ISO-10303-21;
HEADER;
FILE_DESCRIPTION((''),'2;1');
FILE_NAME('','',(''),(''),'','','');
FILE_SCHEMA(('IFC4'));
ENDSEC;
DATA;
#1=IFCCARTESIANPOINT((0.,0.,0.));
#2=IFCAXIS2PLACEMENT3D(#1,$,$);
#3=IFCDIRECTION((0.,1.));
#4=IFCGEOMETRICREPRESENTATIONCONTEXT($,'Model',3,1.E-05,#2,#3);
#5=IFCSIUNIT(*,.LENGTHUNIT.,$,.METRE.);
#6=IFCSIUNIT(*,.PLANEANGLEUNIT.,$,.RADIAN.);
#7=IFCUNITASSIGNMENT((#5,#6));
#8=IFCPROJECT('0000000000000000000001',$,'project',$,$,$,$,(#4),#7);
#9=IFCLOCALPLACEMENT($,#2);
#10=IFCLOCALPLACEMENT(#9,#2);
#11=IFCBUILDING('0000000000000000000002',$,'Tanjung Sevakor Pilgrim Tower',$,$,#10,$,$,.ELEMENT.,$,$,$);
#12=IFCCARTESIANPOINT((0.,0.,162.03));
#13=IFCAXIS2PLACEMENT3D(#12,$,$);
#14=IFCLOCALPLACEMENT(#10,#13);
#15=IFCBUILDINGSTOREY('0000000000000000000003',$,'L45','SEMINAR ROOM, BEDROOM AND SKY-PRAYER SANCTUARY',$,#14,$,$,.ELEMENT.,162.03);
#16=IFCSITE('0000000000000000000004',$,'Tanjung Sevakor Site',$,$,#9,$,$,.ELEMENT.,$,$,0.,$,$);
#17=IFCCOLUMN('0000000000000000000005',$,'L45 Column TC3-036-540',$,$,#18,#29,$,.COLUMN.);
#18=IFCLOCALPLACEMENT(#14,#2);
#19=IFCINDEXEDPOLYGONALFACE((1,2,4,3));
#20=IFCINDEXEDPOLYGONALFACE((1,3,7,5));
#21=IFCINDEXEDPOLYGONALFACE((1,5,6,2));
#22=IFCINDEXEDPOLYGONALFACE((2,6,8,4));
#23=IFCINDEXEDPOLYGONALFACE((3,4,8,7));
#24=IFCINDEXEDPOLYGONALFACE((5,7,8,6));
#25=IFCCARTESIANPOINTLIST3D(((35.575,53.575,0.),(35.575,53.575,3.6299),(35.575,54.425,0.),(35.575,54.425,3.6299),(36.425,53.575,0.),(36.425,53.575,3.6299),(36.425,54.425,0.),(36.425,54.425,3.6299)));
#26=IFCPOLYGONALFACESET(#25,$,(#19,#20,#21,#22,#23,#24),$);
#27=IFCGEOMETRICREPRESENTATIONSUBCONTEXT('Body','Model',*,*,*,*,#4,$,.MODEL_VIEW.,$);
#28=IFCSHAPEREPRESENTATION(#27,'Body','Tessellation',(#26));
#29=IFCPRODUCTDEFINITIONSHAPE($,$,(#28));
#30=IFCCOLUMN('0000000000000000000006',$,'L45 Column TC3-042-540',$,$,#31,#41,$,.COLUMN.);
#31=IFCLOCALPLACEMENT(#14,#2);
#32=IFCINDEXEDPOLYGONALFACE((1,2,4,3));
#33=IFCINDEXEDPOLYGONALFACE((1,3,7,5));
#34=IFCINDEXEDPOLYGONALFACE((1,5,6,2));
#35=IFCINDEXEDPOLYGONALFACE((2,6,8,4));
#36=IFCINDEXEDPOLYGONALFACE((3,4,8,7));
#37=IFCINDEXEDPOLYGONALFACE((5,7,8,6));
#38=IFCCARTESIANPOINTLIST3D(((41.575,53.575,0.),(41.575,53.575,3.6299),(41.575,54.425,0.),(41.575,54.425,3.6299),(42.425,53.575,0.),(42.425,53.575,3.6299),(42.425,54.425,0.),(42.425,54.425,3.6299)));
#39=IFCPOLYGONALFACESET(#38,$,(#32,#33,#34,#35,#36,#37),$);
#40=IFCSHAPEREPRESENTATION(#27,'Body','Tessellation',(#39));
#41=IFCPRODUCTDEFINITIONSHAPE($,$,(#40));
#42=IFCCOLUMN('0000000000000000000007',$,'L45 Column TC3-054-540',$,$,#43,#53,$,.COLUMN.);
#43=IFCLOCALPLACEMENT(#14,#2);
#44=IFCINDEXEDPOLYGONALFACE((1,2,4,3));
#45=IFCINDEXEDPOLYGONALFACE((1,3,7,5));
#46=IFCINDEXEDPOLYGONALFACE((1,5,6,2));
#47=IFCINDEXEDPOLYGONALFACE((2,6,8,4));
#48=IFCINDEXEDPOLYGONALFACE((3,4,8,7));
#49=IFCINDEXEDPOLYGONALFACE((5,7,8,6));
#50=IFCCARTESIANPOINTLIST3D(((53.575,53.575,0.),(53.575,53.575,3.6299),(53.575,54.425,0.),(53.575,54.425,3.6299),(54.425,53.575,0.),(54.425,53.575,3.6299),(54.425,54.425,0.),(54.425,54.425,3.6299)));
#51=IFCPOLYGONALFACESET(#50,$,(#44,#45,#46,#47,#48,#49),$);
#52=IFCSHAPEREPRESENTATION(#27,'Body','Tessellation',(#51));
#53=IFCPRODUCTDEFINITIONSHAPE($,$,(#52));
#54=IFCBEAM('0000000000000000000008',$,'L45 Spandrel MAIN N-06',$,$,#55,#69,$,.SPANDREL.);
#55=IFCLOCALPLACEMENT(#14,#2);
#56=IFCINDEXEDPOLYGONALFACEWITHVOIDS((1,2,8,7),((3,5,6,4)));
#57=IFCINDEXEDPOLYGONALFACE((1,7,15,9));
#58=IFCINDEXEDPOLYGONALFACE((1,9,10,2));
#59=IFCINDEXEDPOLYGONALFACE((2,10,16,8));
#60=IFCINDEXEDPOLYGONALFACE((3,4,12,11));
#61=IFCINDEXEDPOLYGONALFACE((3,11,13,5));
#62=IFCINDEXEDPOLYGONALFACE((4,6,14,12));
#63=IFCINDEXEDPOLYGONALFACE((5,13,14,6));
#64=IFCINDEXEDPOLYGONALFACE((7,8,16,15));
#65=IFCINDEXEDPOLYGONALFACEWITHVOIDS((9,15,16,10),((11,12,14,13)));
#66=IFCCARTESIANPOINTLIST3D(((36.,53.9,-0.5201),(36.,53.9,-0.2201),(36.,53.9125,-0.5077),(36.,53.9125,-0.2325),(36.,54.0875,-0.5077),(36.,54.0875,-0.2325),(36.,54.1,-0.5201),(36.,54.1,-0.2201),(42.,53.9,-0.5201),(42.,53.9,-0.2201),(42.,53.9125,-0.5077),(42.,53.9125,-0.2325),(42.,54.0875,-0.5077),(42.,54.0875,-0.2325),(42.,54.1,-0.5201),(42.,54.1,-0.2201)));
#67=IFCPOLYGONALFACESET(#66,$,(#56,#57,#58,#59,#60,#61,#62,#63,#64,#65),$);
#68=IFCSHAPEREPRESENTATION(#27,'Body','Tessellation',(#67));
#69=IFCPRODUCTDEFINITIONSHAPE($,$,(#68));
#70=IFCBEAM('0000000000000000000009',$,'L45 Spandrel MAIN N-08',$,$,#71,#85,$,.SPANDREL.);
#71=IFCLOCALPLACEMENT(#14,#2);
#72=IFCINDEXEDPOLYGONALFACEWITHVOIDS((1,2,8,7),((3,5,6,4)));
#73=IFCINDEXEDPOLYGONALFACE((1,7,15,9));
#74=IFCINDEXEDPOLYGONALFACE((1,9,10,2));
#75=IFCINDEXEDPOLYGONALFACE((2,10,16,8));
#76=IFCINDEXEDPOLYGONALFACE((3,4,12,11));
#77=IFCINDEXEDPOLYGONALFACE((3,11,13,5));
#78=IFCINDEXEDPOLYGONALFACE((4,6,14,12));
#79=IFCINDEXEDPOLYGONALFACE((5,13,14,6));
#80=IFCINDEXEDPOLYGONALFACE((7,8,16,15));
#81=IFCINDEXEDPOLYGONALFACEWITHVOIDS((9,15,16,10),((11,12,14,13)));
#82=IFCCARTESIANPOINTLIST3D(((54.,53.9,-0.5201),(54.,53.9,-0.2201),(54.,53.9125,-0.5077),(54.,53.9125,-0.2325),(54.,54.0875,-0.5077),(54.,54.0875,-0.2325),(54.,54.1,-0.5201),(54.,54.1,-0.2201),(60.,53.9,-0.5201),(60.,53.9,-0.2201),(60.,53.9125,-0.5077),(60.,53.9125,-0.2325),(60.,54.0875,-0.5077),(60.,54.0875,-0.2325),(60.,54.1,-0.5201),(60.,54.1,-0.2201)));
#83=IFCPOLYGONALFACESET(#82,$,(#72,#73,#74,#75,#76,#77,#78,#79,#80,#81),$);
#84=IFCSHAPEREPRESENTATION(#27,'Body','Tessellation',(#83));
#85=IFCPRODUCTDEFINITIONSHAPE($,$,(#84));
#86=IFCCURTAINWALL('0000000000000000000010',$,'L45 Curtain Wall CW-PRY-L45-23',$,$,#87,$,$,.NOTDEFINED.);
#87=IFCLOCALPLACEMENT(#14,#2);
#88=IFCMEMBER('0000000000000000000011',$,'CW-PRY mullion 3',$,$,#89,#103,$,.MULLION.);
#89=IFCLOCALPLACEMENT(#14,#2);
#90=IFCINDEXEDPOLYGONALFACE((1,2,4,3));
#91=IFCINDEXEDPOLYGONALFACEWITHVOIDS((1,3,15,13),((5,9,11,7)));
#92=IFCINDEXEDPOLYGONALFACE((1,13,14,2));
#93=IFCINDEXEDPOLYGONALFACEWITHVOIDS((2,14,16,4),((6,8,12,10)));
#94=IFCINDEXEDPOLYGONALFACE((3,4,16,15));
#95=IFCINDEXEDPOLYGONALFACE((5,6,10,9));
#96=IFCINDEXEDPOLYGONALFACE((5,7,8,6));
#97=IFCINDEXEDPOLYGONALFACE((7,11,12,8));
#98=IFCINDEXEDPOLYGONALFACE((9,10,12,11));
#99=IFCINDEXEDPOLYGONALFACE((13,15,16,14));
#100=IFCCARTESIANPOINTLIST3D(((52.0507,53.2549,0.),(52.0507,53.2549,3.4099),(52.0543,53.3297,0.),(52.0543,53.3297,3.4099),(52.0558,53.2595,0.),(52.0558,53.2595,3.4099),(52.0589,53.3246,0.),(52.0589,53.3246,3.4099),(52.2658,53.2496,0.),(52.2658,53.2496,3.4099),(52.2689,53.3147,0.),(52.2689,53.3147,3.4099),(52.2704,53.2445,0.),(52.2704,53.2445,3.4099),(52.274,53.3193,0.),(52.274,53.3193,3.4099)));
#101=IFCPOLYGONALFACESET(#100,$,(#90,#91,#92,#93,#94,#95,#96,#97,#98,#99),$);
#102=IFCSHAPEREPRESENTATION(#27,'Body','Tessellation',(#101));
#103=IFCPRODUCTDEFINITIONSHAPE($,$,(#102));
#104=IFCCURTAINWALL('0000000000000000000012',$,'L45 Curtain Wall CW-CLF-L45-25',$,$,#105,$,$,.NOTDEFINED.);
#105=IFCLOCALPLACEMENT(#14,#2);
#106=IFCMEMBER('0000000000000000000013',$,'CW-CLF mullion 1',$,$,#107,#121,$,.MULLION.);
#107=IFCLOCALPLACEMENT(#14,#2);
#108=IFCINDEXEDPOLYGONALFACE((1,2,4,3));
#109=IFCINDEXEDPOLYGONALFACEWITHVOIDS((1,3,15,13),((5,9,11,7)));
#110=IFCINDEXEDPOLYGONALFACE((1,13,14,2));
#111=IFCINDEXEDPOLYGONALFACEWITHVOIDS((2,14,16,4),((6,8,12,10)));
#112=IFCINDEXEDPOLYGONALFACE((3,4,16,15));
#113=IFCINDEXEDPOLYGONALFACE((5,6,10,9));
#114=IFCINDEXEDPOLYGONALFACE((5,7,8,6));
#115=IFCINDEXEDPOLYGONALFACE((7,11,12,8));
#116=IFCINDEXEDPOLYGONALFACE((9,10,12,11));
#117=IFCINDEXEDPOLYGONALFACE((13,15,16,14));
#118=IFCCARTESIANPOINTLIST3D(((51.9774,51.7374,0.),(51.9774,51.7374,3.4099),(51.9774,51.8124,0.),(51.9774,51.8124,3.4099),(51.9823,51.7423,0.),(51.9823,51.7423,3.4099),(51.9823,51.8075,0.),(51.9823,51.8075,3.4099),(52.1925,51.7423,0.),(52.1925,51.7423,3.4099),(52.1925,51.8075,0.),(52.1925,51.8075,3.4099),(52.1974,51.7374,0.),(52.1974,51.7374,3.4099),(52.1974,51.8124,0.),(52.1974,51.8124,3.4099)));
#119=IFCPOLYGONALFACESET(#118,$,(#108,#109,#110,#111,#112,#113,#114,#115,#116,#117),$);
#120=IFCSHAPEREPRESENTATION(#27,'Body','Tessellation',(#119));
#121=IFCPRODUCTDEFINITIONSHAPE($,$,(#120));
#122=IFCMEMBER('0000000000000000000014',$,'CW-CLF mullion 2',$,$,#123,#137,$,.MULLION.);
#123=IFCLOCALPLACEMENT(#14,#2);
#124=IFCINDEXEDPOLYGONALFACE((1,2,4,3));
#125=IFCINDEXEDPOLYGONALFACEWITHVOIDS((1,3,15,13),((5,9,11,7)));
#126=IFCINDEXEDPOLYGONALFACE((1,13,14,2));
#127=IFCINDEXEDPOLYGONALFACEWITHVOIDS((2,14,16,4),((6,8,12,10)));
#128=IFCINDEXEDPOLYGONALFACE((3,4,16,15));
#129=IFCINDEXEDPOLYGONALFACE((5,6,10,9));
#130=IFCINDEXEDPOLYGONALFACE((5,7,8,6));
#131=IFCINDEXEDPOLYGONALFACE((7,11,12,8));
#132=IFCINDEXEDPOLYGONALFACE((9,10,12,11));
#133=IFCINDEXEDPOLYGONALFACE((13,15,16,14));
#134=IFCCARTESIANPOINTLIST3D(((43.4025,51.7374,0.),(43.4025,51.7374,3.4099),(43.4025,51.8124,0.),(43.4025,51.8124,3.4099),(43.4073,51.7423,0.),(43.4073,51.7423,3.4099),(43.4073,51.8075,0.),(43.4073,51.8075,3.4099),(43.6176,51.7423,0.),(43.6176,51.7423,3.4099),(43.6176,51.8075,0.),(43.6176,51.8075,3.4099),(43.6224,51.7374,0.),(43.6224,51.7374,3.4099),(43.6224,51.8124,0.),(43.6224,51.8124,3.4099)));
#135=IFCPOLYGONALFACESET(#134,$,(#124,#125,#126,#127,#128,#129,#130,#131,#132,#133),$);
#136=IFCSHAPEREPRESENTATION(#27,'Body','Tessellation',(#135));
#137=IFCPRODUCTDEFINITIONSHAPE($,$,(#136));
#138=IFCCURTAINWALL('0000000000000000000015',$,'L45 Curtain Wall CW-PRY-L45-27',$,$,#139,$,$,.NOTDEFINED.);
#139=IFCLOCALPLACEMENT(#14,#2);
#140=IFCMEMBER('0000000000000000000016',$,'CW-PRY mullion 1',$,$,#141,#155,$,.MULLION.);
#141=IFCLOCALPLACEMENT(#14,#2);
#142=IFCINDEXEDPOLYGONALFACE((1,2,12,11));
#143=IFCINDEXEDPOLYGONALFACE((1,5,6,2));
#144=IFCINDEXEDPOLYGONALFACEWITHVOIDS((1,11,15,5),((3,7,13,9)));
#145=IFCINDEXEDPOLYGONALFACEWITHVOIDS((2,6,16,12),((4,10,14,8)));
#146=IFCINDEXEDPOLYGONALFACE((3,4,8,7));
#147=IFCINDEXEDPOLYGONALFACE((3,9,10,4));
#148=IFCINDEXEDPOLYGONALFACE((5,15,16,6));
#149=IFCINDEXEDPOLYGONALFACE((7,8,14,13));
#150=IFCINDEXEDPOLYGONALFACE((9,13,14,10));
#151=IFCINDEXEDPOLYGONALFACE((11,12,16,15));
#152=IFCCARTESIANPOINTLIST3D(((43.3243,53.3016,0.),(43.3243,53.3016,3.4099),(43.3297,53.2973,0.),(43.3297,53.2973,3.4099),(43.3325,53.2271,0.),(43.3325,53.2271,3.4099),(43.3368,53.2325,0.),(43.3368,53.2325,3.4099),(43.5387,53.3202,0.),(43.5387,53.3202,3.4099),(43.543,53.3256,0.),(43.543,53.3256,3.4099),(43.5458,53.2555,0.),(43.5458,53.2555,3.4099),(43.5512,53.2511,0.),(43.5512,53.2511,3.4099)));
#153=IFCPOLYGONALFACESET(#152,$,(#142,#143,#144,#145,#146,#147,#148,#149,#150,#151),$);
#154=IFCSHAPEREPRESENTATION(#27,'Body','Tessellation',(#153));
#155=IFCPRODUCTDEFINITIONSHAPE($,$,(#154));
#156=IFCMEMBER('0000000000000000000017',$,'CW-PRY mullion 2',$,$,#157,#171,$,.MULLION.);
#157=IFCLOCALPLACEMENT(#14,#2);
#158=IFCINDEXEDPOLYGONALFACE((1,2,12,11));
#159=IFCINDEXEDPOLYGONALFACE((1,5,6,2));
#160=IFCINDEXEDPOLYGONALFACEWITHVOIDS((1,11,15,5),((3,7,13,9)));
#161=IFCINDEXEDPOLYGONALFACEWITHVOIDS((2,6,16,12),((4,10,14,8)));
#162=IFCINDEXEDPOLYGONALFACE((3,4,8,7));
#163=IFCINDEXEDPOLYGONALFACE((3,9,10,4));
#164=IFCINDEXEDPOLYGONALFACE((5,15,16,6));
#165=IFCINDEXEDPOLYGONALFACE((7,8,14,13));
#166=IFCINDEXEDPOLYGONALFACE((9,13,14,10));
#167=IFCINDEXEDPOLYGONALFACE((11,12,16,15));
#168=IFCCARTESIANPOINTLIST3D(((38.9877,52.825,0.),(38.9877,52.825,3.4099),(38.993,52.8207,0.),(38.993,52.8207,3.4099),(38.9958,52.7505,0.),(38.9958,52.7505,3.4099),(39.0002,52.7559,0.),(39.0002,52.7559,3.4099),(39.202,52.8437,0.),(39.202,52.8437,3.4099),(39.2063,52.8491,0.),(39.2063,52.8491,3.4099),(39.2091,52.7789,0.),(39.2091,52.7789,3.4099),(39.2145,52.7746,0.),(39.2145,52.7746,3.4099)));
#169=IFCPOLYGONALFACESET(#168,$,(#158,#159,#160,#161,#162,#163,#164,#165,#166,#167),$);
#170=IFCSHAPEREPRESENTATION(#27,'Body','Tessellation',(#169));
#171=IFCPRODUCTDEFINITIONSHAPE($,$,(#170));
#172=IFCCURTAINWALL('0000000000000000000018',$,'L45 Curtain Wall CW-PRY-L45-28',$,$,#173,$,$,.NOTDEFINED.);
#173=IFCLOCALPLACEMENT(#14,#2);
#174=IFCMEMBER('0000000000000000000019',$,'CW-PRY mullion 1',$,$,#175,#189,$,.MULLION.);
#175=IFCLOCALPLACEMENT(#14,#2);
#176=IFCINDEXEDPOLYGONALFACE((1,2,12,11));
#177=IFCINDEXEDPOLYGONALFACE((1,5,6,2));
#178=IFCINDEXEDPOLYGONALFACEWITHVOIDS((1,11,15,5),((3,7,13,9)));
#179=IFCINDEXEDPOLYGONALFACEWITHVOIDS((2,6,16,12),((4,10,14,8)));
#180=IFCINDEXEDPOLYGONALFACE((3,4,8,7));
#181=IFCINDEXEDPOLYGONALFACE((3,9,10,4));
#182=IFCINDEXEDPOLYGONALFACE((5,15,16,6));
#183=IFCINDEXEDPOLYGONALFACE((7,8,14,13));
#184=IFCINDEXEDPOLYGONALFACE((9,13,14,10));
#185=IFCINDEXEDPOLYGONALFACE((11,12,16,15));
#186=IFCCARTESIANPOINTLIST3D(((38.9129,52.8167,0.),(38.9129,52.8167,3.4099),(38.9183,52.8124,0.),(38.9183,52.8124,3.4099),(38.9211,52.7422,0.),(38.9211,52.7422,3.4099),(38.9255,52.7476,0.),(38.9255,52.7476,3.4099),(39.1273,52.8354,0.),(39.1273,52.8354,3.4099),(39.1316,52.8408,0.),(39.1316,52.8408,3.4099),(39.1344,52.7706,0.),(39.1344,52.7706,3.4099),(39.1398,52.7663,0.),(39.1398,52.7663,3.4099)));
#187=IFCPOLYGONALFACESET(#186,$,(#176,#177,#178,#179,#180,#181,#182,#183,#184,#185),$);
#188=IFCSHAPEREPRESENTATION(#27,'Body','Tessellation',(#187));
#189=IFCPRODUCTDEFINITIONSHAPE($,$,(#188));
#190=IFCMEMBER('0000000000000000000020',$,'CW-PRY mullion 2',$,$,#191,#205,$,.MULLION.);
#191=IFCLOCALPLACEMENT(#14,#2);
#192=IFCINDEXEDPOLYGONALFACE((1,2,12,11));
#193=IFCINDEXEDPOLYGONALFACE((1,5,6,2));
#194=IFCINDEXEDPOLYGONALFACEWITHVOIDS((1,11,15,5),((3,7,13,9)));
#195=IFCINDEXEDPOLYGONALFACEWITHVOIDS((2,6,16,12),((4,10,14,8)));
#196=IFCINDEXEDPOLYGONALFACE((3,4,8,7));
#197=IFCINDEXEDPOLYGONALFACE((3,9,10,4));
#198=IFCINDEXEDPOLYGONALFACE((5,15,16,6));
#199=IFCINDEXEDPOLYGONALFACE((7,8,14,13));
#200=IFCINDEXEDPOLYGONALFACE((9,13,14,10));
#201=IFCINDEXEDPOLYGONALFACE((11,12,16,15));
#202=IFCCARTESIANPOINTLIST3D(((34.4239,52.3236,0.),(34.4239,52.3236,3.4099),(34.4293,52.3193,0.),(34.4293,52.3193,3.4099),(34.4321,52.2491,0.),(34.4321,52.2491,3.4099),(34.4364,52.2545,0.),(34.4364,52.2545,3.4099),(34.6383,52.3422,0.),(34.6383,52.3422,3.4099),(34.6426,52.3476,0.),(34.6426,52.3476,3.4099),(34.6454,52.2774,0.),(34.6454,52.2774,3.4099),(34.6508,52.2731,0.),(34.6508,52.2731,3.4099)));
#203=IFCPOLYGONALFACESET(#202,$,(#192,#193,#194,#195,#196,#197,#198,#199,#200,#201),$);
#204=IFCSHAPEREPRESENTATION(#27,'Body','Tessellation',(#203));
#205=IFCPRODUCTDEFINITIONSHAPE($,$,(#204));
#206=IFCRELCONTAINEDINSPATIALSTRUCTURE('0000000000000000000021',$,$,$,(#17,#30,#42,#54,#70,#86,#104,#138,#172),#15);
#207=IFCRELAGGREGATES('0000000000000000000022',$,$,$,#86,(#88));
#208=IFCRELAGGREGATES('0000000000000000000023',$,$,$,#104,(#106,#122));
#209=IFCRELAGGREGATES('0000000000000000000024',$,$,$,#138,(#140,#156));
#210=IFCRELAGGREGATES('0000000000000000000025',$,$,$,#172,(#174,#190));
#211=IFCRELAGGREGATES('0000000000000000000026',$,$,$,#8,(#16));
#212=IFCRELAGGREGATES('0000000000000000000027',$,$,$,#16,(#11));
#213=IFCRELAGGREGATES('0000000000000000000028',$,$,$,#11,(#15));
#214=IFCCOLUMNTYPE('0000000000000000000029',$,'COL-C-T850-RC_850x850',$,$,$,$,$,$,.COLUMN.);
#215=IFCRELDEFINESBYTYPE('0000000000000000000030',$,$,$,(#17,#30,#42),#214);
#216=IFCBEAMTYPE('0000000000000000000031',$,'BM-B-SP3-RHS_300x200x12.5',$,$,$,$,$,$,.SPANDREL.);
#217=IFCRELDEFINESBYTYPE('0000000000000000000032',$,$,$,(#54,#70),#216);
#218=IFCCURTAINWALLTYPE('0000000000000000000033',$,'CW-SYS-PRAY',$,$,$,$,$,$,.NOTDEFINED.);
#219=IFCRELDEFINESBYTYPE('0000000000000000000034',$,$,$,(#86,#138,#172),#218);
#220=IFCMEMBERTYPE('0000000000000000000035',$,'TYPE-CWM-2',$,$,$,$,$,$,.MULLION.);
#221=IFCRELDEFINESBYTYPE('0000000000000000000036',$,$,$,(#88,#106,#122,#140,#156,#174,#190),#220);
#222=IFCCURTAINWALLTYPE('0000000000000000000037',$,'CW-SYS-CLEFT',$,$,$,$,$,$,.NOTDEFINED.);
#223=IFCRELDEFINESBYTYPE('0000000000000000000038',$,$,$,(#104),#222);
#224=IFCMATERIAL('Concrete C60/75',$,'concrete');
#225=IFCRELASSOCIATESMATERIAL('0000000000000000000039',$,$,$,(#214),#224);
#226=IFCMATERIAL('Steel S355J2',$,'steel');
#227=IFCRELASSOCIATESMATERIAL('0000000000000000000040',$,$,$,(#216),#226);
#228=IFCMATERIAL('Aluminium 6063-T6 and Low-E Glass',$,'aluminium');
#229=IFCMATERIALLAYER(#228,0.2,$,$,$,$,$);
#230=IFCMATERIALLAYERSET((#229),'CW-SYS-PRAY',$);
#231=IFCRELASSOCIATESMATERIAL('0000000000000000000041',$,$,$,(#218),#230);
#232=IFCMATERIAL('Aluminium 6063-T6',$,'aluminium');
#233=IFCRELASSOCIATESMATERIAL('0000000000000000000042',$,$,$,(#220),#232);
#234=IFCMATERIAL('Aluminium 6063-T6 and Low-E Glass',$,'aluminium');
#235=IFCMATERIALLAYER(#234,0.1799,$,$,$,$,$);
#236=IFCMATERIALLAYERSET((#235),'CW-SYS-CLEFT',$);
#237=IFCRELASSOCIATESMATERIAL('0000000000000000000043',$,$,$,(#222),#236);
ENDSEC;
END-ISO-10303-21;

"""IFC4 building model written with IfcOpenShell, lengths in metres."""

from ifc_helpers import new_model, si_unit, direction, frame, origin, origin_2d, place, context, subcontext, project, spatial, rectangle, hollow_rectangle, extrude, material, layer, layer_set, material_profile, profile_set, type_object, element, aggregate, save


model = new_model("IFC4")

# Units and contexts
model_context = context("Model", 3, precision=1e-05, world=origin(), true_north=direction((0.0, 1.0)))
body_context = subcontext(model_context, "Body", "Model", "MODEL_VIEW")
ifc_project = project(units=[si_unit("LENGTHUNIT", "METRE"), si_unit("PLANEANGLEUNIT", "RADIAN")], contexts=[model_context])

# Site, building, storey
site_placement = place(None, origin())
site = spatial("IfcSite", under=ifc_project, at=site_placement, Name="Tanjung Sevakor Site", CompositionType="ELEMENT", RefElevation=0.0)
building_placement = place(site_placement, origin())
building = spatial("IfcBuilding", under=site, at=building_placement, Name="Tanjung Sevakor Pilgrim Tower", CompositionType="ELEMENT")
storey_placement = place(building_placement, frame((0.0, 0.0, 162.03)))
storey = spatial("IfcBuildingStorey", under=building, at=storey_placement, Name="L45", Description="SEMINAR ROOM, BEDROOM AND SKY-PRAYER SANCTUARY", CompositionType="ELEMENT", Elevation=162.03)

# Columns
ifc_material_1 = material(Name="Concrete C60/75", Category="concrete")
ifc_material_profile_1 = material_profile(ifc_material_1, rectangle(XDim=0.8501, YDim=0.8501, at=origin_2d()))
ifc_profile_set_1 = profile_set([ifc_material_profile_1], Name="Concrete C60/75")
column_type = type_object("IfcColumnType", Name="COL-C-T850-RC_850x850", PredefinedType="COLUMN", material=ifc_profile_set_1)
for number, where, z_axis, x_axis, name in (
    (1, (36.0, 54.0, 0.0), (0.0, 0.0, 1.0), (1.0, 0.0, 0.0), "L45 Column TC3-036-540"),
    (2, (42.0, 54.0, 0.0), (0.0, 0.0, 1.0), (1.0, 0.0, 0.0), "L45 Column TC3-042-540"),
    (3, (54.0, 54.0, 0.0), (0.0, 0.0, 1.0), (1.0, 0.0, 0.0), "L45 Column TC3-054-540"),
):
    element("IfcColumn", number, at=place(storey_placement, frame(where, z_axis=z_axis, x_axis=x_axis)), inside=storey, type_object=column_type, Name=name, PredefinedType="COLUMN", context=body_context, shape_type="SweptSolid", body=[
        extrude(rectangle(XDim=0.8501, YDim=0.8501, at=origin_2d()), origin(), (0.0, 0.0, 1.0), 3.6299),
    ])

# Beams
ifc_material_2 = material(Name="Steel S355J2", Category="steel")
ifc_material_profile_2 = material_profile(ifc_material_2, hollow_rectangle(XDim=0.2, YDim=0.3, WallThickness=0.0125, at=origin_2d()))
ifc_profile_set_2 = profile_set([ifc_material_profile_2], Name="Steel S355J2")
beam_type = type_object("IfcBeamType", Name="BM-B-SP3-RHS_300x200x12.5", PredefinedType="SPANDREL", material=ifc_profile_set_2)
for number, where, z_axis, x_axis, name in (
    (4, (36.0, 54.0, -0.3701), (1.0, 0.0, 0.0), (0.0, 1.0, 0.0), "L45 Spandrel MAIN N-06"),
    (5, (54.0, 54.0, -0.3701), (1.0, 0.0, 0.0), (0.0, 1.0, 0.0), "L45 Spandrel MAIN N-08"),
):
    element("IfcBeam", number, at=place(storey_placement, frame(where, z_axis=z_axis, x_axis=x_axis)), inside=storey, type_object=beam_type, Name=name, PredefinedType="SPANDREL", context=body_context, shape_type="SweptSolid", body=[
        extrude(hollow_rectangle(XDim=0.2, YDim=0.3, WallThickness=0.0125, at=origin_2d()), origin(), (0.0, 0.0, 1.0), 6.0),
    ])

# Curtain wall, member
ifc_material_3 = material(Name="Aluminium 6063-T6 and Low-E Glass", Category="aluminium")
ifc_layer_1 = layer(ifc_material_3, 0.2)
ifc_layer_set_1 = layer_set([ifc_layer_1], Name="CW-SYS-PRAY")
curtain_wall_type_1 = type_object("IfcCurtainWallType", Name="CW-SYS-PRAY", PredefinedType="NOTDEFINED", material=ifc_layer_set_1)
curtain_wall_1_placement = place(storey_placement, origin())
curtain_wall_1 = element("IfcCurtainWall", 6, at=curtain_wall_1_placement, inside=storey, type_object=curtain_wall_type_1, Name="L45 Curtain Wall CW-PRY-L45-23", PredefinedType="NOTDEFINED")
ifc_material_4 = material(Name="Aluminium 6063-T6", Category="aluminium")
ifc_material_profile_3 = material_profile(ifc_material_4, hollow_rectangle(XDim=0.075, YDim=0.22, WallThickness=0.0049, at=origin_2d()))
ifc_profile_set_3 = profile_set([ifc_material_profile_3], Name="Aluminium 6063-T6")
member_type_1 = type_object("IfcMemberType", Name="TYPE-CWM-2", PredefinedType="MULLION", material=ifc_profile_set_3)
member_1_placement = place(storey_placement, frame((52.1624, 53.2871, 0.0), z_axis=(0.0, 0.0, 1.0), x_axis=(-0.047341, -0.998879, 0.0)))
member_1 = element("IfcMember", 7, at=member_1_placement, type_object=member_type_1, Name="CW-PRY mullion 3", PredefinedType="MULLION", context=body_context, shape_type="SweptSolid", body=[
    extrude(hollow_rectangle(XDim=0.075, YDim=0.22, WallThickness=0.0049, at=origin_2d()), origin(), (0.0, 0.0, 1.0), 3.4099),
])
aggregate(curtain_wall_1, [member_1])

# Curtain walls, members
ifc_material_5 = material(Name="Aluminium 6063-T6 and Low-E Glass", Category="aluminium")
ifc_layer_2 = layer(ifc_material_5, 0.1799)
ifc_layer_set_2 = layer_set([ifc_layer_2], Name="CW-SYS-CLEFT")
curtain_wall_type_2 = type_object("IfcCurtainWallType", Name="CW-SYS-CLEFT", PredefinedType="NOTDEFINED", material=ifc_layer_set_2)
curtain_wall_2_placement = place(storey_placement, origin())
curtain_wall_2 = element("IfcCurtainWall", 8, at=curtain_wall_2_placement, inside=storey, type_object=curtain_wall_type_2, Name="L45 Curtain Wall CW-CLF-L45-25", PredefinedType="NOTDEFINED")
member_2_placement = place(storey_placement, frame((52.0874, 51.7749, 0.0), z_axis=(0.0, 0.0, 1.0), x_axis=(0.0, -1.0, 0.0)))
member_2 = element("IfcMember", 9, at=member_2_placement, type_object=member_type_1, Name="CW-CLF mullion 1", PredefinedType="MULLION", context=body_context, shape_type="SweptSolid", body=[
    extrude(hollow_rectangle(XDim=0.075, YDim=0.22, WallThickness=0.0049, at=origin_2d()), origin(), (0.0, 0.0, 1.0), 3.4099),
])
member_3_placement = place(storey_placement, frame((43.5125, 51.7749, 0.0), z_axis=(0.0, 0.0, 1.0), x_axis=(0.0, -1.0, 0.0)))
member_3 = element("IfcMember", 10, at=member_3_placement, type_object=member_type_1, Name="CW-CLF mullion 2", PredefinedType="MULLION", context=body_context, shape_type="SweptSolid", body=[
    extrude(hollow_rectangle(XDim=0.075, YDim=0.22, WallThickness=0.0049, at=origin_2d()), origin(), (0.0, 0.0, 1.0), 3.4099),
])
curtain_wall_3_placement = place(storey_placement, origin())
curtain_wall_3 = element("IfcCurtainWall", 11, at=curtain_wall_3_placement, inside=storey, type_object=curtain_wall_type_1, Name="L45 Curtain Wall CW-PRY-L45-27", PredefinedType="NOTDEFINED")
member_4_placement = place(storey_placement, frame((43.4377, 53.2764, 0.0), z_axis=(0.0, 0.0, 1.0), x_axis=(0.109242, -0.994015, 0.0)))
member_4 = element("IfcMember", 12, at=member_4_placement, type_object=member_type_1, Name="CW-PRY mullion 1", PredefinedType="MULLION", context=body_context, shape_type="SweptSolid", body=[
    extrude(hollow_rectangle(XDim=0.075, YDim=0.22, WallThickness=0.0049, at=origin_2d()), origin(), (0.0, 0.0, 1.0), 3.4099),
])
member_5_placement = place(storey_placement, frame((39.1011, 52.7998, 0.0), z_axis=(0.0, 0.0, 1.0), x_axis=(0.109242, -0.994015, 0.0)))
member_5 = element("IfcMember", 13, at=member_5_placement, type_object=member_type_1, Name="CW-PRY mullion 2", PredefinedType="MULLION", context=body_context, shape_type="SweptSolid", body=[
    extrude(hollow_rectangle(XDim=0.075, YDim=0.22, WallThickness=0.0049, at=origin_2d()), origin(), (0.0, 0.0, 1.0), 3.4099),
])
curtain_wall_4_placement = place(storey_placement, origin())
curtain_wall_4 = element("IfcCurtainWall", 14, at=curtain_wall_4_placement, inside=storey, type_object=curtain_wall_type_1, Name="L45 Curtain Wall CW-PRY-L45-28", PredefinedType="NOTDEFINED")
member_6_placement = place(storey_placement, frame((39.0264, 52.7915, 0.0), z_axis=(0.0, 0.0, 1.0), x_axis=(0.109231, -0.994016, 0.0)))
member_6 = element("IfcMember", 15, at=member_6_placement, type_object=member_type_1, Name="CW-PRY mullion 1", PredefinedType="MULLION", context=body_context, shape_type="SweptSolid", body=[
    extrude(hollow_rectangle(XDim=0.075, YDim=0.22, WallThickness=0.0049, at=origin_2d()), origin(), (0.0, 0.0, 1.0), 3.4099),
])
member_7_placement = place(storey_placement, frame((34.5374, 52.2983, 0.0), z_axis=(0.0, 0.0, 1.0), x_axis=(0.109231, -0.994016, 0.0)))
member_7 = element("IfcMember", 16, at=member_7_placement, type_object=member_type_1, Name="CW-PRY mullion 2", PredefinedType="MULLION", context=body_context, shape_type="SweptSolid", body=[
    extrude(hollow_rectangle(XDim=0.075, YDim=0.22, WallThickness=0.0049, at=origin_2d()), origin(), (0.0, 0.0, 1.0), 3.4099),
])

aggregate(curtain_wall_2, [member_2, member_3])
aggregate(curtain_wall_3, [member_4, member_5])
aggregate(curtain_wall_4, [member_6, member_7])

save(model, "model.ifc")
